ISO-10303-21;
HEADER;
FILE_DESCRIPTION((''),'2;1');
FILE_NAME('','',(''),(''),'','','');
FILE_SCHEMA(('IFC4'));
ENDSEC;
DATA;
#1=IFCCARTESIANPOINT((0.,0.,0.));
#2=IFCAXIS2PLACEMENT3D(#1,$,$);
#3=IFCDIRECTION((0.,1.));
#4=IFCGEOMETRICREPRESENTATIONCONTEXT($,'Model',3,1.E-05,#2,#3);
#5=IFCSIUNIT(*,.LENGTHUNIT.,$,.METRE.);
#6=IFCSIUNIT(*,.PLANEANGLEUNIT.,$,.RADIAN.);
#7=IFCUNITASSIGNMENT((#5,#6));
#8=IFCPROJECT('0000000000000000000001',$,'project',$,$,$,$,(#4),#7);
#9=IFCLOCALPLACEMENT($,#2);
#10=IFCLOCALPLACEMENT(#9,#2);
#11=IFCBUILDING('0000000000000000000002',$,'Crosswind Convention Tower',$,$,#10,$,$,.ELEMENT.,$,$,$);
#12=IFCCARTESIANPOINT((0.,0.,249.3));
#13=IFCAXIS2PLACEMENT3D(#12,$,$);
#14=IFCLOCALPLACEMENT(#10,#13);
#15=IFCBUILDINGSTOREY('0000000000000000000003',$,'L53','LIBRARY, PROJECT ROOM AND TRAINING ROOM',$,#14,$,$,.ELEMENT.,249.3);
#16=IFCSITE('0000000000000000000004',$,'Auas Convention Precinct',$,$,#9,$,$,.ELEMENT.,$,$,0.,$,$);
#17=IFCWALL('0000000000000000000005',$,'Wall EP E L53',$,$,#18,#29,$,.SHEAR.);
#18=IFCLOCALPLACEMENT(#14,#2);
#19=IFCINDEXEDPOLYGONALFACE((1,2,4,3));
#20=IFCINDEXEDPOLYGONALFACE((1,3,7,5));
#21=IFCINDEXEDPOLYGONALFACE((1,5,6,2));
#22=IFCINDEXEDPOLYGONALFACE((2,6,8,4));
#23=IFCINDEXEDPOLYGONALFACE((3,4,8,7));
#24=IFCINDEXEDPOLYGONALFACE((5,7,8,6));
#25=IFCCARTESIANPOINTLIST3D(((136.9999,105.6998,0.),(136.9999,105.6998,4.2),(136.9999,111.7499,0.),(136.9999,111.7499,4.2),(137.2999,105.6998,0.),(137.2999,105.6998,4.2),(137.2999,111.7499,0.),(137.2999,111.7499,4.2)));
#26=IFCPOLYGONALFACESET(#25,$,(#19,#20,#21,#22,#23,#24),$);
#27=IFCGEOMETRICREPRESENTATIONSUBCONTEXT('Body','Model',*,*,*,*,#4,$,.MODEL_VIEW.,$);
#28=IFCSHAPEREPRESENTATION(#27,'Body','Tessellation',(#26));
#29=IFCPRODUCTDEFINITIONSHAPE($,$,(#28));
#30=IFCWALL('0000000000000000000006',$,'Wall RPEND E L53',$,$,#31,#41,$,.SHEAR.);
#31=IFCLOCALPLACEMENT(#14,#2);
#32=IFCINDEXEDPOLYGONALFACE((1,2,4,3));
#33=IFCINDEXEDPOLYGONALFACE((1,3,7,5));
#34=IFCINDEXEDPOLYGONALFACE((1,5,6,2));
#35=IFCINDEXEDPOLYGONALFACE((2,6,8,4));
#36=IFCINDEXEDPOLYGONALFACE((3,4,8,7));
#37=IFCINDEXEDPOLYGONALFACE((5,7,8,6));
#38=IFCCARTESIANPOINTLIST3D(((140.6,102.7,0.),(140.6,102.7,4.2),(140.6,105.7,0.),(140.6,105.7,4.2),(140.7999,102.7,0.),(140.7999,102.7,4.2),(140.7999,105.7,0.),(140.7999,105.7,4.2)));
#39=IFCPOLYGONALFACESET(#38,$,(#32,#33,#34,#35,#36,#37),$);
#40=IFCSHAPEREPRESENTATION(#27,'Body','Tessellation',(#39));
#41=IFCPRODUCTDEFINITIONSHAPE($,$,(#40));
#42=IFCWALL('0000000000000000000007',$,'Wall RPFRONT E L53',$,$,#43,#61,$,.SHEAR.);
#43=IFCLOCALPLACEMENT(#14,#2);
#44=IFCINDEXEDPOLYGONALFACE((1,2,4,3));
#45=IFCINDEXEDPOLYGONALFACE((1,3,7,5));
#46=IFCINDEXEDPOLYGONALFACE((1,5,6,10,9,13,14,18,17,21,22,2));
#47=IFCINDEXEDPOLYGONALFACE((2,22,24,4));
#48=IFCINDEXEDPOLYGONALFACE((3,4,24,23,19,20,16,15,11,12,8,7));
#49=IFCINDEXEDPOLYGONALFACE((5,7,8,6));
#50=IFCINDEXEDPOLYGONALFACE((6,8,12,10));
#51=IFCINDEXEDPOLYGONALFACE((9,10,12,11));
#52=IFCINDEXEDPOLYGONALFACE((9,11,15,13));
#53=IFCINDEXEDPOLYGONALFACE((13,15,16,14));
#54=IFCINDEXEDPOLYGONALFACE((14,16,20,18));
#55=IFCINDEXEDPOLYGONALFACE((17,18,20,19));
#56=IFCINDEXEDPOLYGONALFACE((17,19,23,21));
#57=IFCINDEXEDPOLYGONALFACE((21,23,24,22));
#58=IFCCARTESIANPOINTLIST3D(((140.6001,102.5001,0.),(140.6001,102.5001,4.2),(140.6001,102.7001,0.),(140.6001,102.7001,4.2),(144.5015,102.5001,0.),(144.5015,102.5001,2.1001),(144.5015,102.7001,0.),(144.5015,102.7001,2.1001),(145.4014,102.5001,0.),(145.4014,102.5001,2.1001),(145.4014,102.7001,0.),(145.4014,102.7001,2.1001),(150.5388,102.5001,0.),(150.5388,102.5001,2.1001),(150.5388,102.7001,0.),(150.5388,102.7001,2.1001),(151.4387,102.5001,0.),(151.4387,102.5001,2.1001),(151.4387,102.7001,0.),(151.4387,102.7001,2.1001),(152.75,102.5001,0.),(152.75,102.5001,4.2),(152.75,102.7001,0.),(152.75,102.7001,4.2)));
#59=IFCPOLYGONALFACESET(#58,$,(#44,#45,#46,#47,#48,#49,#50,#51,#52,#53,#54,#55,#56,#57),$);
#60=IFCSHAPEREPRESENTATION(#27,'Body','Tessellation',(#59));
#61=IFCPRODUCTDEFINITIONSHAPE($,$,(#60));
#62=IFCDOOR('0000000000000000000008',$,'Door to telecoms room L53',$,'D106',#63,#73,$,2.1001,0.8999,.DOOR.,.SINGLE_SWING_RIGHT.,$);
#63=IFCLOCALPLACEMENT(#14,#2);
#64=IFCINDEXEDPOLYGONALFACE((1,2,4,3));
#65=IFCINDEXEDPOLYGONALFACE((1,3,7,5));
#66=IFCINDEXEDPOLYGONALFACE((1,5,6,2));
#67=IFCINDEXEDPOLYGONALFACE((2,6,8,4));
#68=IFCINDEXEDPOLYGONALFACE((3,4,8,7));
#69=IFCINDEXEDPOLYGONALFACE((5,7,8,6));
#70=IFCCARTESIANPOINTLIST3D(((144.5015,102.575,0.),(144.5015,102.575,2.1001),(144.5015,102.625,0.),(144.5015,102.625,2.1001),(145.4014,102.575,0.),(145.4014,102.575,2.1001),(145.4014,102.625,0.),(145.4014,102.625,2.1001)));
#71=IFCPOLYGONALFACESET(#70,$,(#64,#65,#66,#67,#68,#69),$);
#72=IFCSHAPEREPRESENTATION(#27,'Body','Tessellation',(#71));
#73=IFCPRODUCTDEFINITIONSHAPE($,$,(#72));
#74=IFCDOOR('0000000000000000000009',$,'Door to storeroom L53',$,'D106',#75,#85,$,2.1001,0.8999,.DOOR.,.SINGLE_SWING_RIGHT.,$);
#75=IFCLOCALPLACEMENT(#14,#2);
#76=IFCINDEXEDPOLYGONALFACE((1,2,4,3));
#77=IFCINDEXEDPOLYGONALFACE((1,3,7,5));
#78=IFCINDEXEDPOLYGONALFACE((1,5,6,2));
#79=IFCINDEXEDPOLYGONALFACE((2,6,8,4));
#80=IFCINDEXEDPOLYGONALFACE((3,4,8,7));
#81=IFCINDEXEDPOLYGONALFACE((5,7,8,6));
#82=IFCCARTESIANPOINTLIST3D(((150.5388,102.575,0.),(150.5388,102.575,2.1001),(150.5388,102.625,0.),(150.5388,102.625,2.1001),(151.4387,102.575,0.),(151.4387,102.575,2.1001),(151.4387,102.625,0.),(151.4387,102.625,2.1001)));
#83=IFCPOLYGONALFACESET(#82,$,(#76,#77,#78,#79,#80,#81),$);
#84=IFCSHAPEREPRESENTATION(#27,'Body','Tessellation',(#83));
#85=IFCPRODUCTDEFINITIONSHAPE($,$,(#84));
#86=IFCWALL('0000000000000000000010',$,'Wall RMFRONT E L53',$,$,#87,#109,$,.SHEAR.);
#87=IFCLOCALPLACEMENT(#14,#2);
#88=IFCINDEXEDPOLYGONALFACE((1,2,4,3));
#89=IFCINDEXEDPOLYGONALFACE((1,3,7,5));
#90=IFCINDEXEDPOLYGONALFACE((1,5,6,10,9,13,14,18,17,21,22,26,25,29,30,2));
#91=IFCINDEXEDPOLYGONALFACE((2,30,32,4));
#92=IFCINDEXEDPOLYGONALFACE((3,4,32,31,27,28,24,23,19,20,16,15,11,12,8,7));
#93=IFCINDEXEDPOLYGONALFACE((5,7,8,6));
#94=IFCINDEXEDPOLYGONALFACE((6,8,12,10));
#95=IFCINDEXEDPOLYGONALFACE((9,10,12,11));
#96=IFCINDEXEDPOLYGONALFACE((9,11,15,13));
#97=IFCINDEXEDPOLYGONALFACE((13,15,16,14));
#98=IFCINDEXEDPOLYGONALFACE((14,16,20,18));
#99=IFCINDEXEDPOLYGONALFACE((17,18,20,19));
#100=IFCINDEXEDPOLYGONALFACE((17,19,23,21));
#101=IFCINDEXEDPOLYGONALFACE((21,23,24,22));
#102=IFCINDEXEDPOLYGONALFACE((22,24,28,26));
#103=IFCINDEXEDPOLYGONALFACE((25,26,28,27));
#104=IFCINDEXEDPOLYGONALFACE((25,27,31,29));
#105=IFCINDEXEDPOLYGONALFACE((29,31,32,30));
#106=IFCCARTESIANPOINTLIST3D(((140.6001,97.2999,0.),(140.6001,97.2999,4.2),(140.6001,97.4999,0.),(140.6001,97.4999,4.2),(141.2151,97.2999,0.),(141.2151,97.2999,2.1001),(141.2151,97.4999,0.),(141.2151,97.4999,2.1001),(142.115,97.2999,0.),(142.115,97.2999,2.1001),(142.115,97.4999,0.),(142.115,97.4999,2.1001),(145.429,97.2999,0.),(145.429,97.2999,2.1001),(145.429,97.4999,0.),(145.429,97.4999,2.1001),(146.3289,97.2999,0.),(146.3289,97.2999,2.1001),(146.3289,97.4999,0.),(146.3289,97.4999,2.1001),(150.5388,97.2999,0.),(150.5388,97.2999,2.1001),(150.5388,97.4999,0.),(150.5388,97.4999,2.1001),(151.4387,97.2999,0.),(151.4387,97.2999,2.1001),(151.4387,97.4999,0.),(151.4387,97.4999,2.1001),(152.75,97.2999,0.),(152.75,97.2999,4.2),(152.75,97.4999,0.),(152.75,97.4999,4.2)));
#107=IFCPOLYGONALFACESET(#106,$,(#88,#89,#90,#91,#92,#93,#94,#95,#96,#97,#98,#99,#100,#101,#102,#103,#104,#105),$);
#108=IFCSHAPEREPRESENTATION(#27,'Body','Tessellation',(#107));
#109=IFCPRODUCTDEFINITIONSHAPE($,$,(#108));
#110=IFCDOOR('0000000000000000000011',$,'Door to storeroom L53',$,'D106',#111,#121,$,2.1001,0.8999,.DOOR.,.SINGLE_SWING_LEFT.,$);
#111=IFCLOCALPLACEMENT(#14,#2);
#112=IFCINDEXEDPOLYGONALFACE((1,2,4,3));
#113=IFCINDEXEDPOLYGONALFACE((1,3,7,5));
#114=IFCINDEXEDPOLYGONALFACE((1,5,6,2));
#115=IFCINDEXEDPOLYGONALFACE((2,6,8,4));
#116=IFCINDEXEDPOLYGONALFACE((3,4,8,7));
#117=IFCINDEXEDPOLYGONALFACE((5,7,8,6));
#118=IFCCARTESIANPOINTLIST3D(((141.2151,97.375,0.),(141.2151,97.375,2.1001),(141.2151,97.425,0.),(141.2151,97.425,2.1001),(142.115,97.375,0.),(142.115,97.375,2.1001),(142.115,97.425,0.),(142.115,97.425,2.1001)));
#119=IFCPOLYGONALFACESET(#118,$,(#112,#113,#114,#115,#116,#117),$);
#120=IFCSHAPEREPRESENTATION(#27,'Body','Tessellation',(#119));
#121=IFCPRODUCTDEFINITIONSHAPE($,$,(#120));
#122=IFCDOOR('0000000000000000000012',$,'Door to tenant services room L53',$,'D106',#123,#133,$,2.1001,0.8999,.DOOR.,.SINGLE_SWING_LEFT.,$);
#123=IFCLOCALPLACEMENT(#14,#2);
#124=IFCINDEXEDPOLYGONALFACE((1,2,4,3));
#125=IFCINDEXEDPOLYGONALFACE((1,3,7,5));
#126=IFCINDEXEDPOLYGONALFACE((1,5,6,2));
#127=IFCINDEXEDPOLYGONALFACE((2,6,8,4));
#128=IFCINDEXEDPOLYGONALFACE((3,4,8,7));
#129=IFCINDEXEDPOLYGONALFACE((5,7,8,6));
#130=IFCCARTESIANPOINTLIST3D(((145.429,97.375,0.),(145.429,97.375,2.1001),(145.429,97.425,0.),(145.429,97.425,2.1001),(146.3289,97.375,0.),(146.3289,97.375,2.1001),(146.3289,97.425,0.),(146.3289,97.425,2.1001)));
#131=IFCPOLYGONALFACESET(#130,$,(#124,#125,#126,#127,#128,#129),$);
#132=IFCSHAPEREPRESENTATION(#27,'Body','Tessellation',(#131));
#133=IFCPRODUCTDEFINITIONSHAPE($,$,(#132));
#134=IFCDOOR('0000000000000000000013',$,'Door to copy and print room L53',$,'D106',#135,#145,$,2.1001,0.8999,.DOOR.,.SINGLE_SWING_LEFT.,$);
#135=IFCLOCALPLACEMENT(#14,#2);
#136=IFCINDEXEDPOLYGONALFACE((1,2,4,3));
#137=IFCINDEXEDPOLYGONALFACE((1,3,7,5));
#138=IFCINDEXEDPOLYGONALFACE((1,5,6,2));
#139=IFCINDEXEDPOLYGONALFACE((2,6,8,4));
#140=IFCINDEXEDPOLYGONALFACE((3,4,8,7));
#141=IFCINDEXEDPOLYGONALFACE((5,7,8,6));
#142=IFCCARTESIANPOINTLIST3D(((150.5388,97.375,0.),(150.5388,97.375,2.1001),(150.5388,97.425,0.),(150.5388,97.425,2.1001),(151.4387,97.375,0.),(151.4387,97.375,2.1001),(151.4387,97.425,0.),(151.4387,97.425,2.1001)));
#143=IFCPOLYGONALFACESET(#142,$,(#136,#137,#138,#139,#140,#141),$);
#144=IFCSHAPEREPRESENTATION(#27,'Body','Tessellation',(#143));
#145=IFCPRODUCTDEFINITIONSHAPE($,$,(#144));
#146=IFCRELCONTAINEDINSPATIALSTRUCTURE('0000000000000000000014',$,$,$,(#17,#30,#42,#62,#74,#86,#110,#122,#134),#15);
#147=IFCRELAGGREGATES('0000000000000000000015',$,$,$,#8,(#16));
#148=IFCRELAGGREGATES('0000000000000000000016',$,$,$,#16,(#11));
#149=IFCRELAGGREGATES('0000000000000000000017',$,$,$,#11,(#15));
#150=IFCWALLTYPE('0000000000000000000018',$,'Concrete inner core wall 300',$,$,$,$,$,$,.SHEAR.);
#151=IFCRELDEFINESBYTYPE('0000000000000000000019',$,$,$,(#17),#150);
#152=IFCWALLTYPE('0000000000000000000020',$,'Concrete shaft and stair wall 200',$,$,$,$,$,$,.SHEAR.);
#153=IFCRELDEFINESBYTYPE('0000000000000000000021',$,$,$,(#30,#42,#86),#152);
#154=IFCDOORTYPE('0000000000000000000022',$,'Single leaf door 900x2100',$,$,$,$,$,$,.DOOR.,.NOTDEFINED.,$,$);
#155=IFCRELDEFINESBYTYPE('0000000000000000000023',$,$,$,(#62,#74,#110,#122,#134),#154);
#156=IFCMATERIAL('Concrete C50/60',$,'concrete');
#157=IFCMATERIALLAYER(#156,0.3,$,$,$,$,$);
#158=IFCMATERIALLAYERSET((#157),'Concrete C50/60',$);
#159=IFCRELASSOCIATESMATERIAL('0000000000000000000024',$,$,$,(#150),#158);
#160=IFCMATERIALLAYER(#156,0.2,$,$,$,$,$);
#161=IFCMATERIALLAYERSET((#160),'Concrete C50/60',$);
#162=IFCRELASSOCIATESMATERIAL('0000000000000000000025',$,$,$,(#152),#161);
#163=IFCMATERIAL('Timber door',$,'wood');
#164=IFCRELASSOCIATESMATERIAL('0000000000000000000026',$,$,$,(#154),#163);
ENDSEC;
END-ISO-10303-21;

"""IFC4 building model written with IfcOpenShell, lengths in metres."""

from ifc_helpers import new_model, si_unit, direction, frame, frame_2d, origin, place, context, subcontext, project, spatial, rectangle, extrude, material, layer, layer_set, type_object, element, fill, save


model = new_model("IFC4")

# Units and contexts
model_context = context("Model", 3, precision=1e-05, world=origin(), true_north=direction((0.0, 1.0)))
body_context = subcontext(model_context, "Body", "Model", "MODEL_VIEW")
ifc_project = project(units=[si_unit("LENGTHUNIT", "METRE"), si_unit("PLANEANGLEUNIT", "RADIAN")], contexts=[model_context])

# Site, building, storey
site_placement = place(None, origin())
site = spatial("IfcSite", under=ifc_project, at=site_placement, Name="Auas Convention Precinct", CompositionType="ELEMENT", RefElevation=0.0)
building_placement = place(site_placement, origin())
building = spatial("IfcBuilding", under=site, at=building_placement, Name="Crosswind Convention Tower", CompositionType="ELEMENT")
storey_placement = place(building_placement, frame((0.0, 0.0, 249.3)))
storey = spatial("IfcBuildingStorey", under=building, at=storey_placement, Name="L53", Description="LIBRARY, PROJECT ROOM AND TRAINING ROOM", CompositionType="ELEMENT", Elevation=249.3)

# Walls
ifc_material_1 = material(Name="Concrete C50/60", Category="concrete")
ifc_layer_1 = layer(ifc_material_1, 0.3)
ifc_layer_set_1 = layer_set([ifc_layer_1], Name="Concrete C50/60")
wall_type_1 = type_object("IfcWallType", Name="Concrete inner core wall 300", PredefinedType="SHEAR", material=ifc_layer_set_1)
wall_1_placement = place(storey_placement, frame((137.1499, 105.7, 0.0), z_axis=(0.0, 0.0, 1.0), x_axis=(0.0, 1.0, 0.0)))
element("IfcWall", 1, at=wall_1_placement, inside=storey, type_object=wall_type_1, Name="Wall EP E L53", PredefinedType="SHEAR", context=body_context, shape_type="SweptSolid", body=[
    extrude(rectangle(XDim=6.05, YDim=0.3, at=frame_2d((3.0249, 0.0))), origin(), (0.0, 0.0, 1.0), 4.2),
])
ifc_layer_2 = layer(ifc_material_1, 0.2)
ifc_layer_set_2 = layer_set([ifc_layer_2], Name="Concrete C50/60")
wall_type_2 = type_object("IfcWallType", Name="Concrete shaft and stair wall 200", PredefinedType="SHEAR", material=ifc_layer_set_2)
wall_2_placement = place(storey_placement, frame((140.7, 102.7, 0.0), z_axis=(0.0, 0.0, 1.0), x_axis=(0.0, 1.0, 0.0)))
element("IfcWall", 2, at=wall_2_placement, inside=storey, type_object=wall_type_2, Name="Wall RPEND E L53", PredefinedType="SHEAR", context=body_context, shape_type="SweptSolid", body=[
    extrude(rectangle(XDim=3.0, YDim=0.2, at=frame_2d((1.5, 0.0))), origin(), (0.0, 0.0, 1.0), 4.2),
])

# Walls, openings, doors
wall_3_placement = place(storey_placement, frame((140.6001, 102.6001, 0.0), z_axis=(0.0, 0.0, 1.0), x_axis=(1.0, 0.0, 0.0)))
wall_3 = element("IfcWall", 3, at=wall_3_placement, inside=storey, type_object=wall_type_2, Name="Wall RPFRONT E L53", PredefinedType="SHEAR", context=body_context, shape_type="SweptSolid", body=[
    extrude(rectangle(XDim=12.1499, YDim=0.2, at=frame_2d((6.075, 0.0))), origin(), (0.0, 0.0, 1.0), 4.2),
])
opening_1_placement = place(wall_3_placement, frame((3.9014, 0.0, 0.0)))
opening_1 = element("IfcOpeningElement", 4, at=opening_1_placement, cuts=wall_3, PredefinedType="OPENING", context=body_context, shape_type="SweptSolid", body=[
    extrude(rectangle(XDim=0.8999, YDim=2.1001, at=frame_2d((0.45, 1.05))), frame((0.0, 0.1099, 0.0), z_axis=(0.0, -1.0, 0.0), x_axis=(1.0, 0.0, 0.0)), (0.0, 0.0, 1.0), 0.22),
])
opening_2_placement = place(wall_3_placement, frame((9.9387, 0.0, 0.0)))
opening_2 = element("IfcOpeningElement", 5, at=opening_2_placement, cuts=wall_3, PredefinedType="OPENING", context=body_context, shape_type="SweptSolid", body=[
    extrude(rectangle(XDim=0.8999, YDim=2.1001, at=frame_2d((0.45, 1.05))), frame((0.0, 0.1099, 0.0), z_axis=(0.0, -1.0, 0.0), x_axis=(1.0, 0.0, 0.0)), (0.0, 0.0, 1.0), 0.22),
])
ifc_material_2 = material(Name="Timber door", Category="wood")
door_type_1 = type_object("IfcDoorType", Name="Single leaf door 900x2100", OperationType="NOTDEFINED", PredefinedType="DOOR", material=ifc_material_2)
door_1_placement = place(opening_1_placement, origin())
door_1 = element("IfcDoor", 6, at=door_1_placement, inside=storey, type_object=door_type_1, Name="Door to telecoms room L53", ObjectType="D106", OperationType="SINGLE_SWING_RIGHT", OverallHeight=2.1001, OverallWidth=0.8999, PredefinedType="DOOR", context=body_context, shape_type="SweptSolid", body=[
    extrude(rectangle(XDim=0.8999, YDim=2.1001, at=frame_2d((0.45, 1.05))), frame((0.0, 0.0249, 0.0), z_axis=(0.0, -1.0, 0.0), x_axis=(1.0, 0.0, 0.0)), (0.0, 0.0, 1.0), 0.05),
])
fill(opening_1, door_1)
door_2_placement = place(opening_2_placement, origin())
door_2 = element("IfcDoor", 7, at=door_2_placement, inside=storey, type_object=door_type_1, Name="Door to storeroom L53", ObjectType="D106", OperationType="SINGLE_SWING_RIGHT", OverallHeight=2.1001, OverallWidth=0.8999, PredefinedType="DOOR", context=body_context, shape_type="SweptSolid", body=[
    extrude(rectangle(XDim=0.8999, YDim=2.1001, at=frame_2d((0.45, 1.05))), frame((0.0, 0.0249, 0.0), z_axis=(0.0, -1.0, 0.0), x_axis=(1.0, 0.0, 0.0)), (0.0, 0.0, 1.0), 0.05),
])
fill(opening_2, door_2)
wall_4_placement = place(storey_placement, frame((140.6001, 97.3999, 0.0), z_axis=(0.0, 0.0, 1.0), x_axis=(1.0, 0.0, 0.0)))
wall_4 = element("IfcWall", 8, at=wall_4_placement, inside=storey, type_object=wall_type_2, Name="Wall RMFRONT E L53", PredefinedType="SHEAR", context=body_context, shape_type="SweptSolid", body=[
    extrude(rectangle(XDim=12.1499, YDim=0.2, at=frame_2d((6.075, 0.0))), origin(), (0.0, 0.0, 1.0), 4.2),
])
opening_3_placement = place(wall_4_placement, frame((0.615, 0.0, 0.0)))
opening_3 = element("IfcOpeningElement", 9, at=opening_3_placement, cuts=wall_4, PredefinedType="OPENING", context=body_context, shape_type="SweptSolid", body=[
    extrude(rectangle(XDim=0.8999, YDim=2.1001, at=frame_2d((0.45, 1.05))), frame((0.0, 0.1099, 0.0), z_axis=(0.0, -1.0, 0.0), x_axis=(1.0, 0.0, 0.0)), (0.0, 0.0, 1.0), 0.22),
])
opening_4_placement = place(wall_4_placement, frame((4.8289, 0.0, 0.0)))
opening_4 = element("IfcOpeningElement", 10, at=opening_4_placement, cuts=wall_4, PredefinedType="OPENING", context=body_context, shape_type="SweptSolid", body=[
    extrude(rectangle(XDim=0.8999, YDim=2.1001, at=frame_2d((0.45, 1.05))), frame((0.0, 0.1099, 0.0), z_axis=(0.0, -1.0, 0.0), x_axis=(1.0, 0.0, 0.0)), (0.0, 0.0, 1.0), 0.22),
])
opening_5_placement = place(wall_4_placement, frame((9.9387, 0.0, 0.0)))
opening_5 = element("IfcOpeningElement", 11, at=opening_5_placement, cuts=wall_4, PredefinedType="OPENING", context=body_context, shape_type="SweptSolid", body=[
    extrude(rectangle(XDim=0.8999, YDim=2.1001, at=frame_2d((0.45, 1.05))), frame((0.0, 0.1099, 0.0), z_axis=(0.0, -1.0, 0.0), x_axis=(1.0, 0.0, 0.0)), (0.0, 0.0, 1.0), 0.22),
])
door_3_placement = place(opening_3_placement, frame((0.8999, 0.0, 0.0), z_axis=(0.0, 0.0, 1.0), x_axis=(-1.0, 0.0, 0.0)))
door_3 = element("IfcDoor", 12, at=door_3_placement, inside=storey, type_object=door_type_1, Name="Door to storeroom L53", ObjectType="D106", OperationType="SINGLE_SWING_LEFT", OverallHeight=2.1001, OverallWidth=0.8999, PredefinedType="DOOR", context=body_context, shape_type="SweptSolid", body=[
    extrude(rectangle(XDim=0.8999, YDim=2.1001, at=frame_2d((0.45, 1.05))), frame((0.0, 0.0249, 0.0), z_axis=(0.0, -1.0, 0.0), x_axis=(1.0, 0.0, 0.0)), (0.0, 0.0, 1.0), 0.05),
])
fill(opening_3, door_3)
door_4_placement = place(opening_4_placement, frame((0.8999, 0.0, 0.0), z_axis=(0.0, 0.0, 1.0), x_axis=(-1.0, 0.0, 0.0)))
door_4 = element("IfcDoor", 13, at=door_4_placement, inside=storey, type_object=door_type_1, Name="Door to tenant services room L53", ObjectType="D106", OperationType="SINGLE_SWING_LEFT", OverallHeight=2.1001, OverallWidth=0.8999, PredefinedType="DOOR", context=body_context, shape_type="SweptSolid", body=[
    extrude(rectangle(XDim=0.8999, YDim=2.1001, at=frame_2d((0.45, 1.05))), frame((0.0, 0.0249, 0.0), z_axis=(0.0, -1.0, 0.0), x_axis=(1.0, 0.0, 0.0)), (0.0, 0.0, 1.0), 0.05),
])
fill(opening_4, door_4)
door_5_placement = place(opening_5_placement, frame((0.8999, 0.0, 0.0), z_axis=(0.0, 0.0, 1.0), x_axis=(-1.0, 0.0, 0.0)))
door_5 = element("IfcDoor", 14, at=door_5_placement, inside=storey, type_object=door_type_1, Name="Door to copy and print room L53", ObjectType="D106", OperationType="SINGLE_SWING_LEFT", OverallHeight=2.1001, OverallWidth=0.8999, PredefinedType="DOOR", context=body_context, shape_type="SweptSolid", body=[
    extrude(rectangle(XDim=0.8999, YDim=2.1001, at=frame_2d((0.45, 1.05))), frame((0.0, 0.0249, 0.0), z_axis=(0.0, -1.0, 0.0), x_axis=(1.0, 0.0, 0.0)), (0.0, 0.0, 1.0), 0.05),
])
fill(opening_5, door_5)

save(model, "model.ifc")
